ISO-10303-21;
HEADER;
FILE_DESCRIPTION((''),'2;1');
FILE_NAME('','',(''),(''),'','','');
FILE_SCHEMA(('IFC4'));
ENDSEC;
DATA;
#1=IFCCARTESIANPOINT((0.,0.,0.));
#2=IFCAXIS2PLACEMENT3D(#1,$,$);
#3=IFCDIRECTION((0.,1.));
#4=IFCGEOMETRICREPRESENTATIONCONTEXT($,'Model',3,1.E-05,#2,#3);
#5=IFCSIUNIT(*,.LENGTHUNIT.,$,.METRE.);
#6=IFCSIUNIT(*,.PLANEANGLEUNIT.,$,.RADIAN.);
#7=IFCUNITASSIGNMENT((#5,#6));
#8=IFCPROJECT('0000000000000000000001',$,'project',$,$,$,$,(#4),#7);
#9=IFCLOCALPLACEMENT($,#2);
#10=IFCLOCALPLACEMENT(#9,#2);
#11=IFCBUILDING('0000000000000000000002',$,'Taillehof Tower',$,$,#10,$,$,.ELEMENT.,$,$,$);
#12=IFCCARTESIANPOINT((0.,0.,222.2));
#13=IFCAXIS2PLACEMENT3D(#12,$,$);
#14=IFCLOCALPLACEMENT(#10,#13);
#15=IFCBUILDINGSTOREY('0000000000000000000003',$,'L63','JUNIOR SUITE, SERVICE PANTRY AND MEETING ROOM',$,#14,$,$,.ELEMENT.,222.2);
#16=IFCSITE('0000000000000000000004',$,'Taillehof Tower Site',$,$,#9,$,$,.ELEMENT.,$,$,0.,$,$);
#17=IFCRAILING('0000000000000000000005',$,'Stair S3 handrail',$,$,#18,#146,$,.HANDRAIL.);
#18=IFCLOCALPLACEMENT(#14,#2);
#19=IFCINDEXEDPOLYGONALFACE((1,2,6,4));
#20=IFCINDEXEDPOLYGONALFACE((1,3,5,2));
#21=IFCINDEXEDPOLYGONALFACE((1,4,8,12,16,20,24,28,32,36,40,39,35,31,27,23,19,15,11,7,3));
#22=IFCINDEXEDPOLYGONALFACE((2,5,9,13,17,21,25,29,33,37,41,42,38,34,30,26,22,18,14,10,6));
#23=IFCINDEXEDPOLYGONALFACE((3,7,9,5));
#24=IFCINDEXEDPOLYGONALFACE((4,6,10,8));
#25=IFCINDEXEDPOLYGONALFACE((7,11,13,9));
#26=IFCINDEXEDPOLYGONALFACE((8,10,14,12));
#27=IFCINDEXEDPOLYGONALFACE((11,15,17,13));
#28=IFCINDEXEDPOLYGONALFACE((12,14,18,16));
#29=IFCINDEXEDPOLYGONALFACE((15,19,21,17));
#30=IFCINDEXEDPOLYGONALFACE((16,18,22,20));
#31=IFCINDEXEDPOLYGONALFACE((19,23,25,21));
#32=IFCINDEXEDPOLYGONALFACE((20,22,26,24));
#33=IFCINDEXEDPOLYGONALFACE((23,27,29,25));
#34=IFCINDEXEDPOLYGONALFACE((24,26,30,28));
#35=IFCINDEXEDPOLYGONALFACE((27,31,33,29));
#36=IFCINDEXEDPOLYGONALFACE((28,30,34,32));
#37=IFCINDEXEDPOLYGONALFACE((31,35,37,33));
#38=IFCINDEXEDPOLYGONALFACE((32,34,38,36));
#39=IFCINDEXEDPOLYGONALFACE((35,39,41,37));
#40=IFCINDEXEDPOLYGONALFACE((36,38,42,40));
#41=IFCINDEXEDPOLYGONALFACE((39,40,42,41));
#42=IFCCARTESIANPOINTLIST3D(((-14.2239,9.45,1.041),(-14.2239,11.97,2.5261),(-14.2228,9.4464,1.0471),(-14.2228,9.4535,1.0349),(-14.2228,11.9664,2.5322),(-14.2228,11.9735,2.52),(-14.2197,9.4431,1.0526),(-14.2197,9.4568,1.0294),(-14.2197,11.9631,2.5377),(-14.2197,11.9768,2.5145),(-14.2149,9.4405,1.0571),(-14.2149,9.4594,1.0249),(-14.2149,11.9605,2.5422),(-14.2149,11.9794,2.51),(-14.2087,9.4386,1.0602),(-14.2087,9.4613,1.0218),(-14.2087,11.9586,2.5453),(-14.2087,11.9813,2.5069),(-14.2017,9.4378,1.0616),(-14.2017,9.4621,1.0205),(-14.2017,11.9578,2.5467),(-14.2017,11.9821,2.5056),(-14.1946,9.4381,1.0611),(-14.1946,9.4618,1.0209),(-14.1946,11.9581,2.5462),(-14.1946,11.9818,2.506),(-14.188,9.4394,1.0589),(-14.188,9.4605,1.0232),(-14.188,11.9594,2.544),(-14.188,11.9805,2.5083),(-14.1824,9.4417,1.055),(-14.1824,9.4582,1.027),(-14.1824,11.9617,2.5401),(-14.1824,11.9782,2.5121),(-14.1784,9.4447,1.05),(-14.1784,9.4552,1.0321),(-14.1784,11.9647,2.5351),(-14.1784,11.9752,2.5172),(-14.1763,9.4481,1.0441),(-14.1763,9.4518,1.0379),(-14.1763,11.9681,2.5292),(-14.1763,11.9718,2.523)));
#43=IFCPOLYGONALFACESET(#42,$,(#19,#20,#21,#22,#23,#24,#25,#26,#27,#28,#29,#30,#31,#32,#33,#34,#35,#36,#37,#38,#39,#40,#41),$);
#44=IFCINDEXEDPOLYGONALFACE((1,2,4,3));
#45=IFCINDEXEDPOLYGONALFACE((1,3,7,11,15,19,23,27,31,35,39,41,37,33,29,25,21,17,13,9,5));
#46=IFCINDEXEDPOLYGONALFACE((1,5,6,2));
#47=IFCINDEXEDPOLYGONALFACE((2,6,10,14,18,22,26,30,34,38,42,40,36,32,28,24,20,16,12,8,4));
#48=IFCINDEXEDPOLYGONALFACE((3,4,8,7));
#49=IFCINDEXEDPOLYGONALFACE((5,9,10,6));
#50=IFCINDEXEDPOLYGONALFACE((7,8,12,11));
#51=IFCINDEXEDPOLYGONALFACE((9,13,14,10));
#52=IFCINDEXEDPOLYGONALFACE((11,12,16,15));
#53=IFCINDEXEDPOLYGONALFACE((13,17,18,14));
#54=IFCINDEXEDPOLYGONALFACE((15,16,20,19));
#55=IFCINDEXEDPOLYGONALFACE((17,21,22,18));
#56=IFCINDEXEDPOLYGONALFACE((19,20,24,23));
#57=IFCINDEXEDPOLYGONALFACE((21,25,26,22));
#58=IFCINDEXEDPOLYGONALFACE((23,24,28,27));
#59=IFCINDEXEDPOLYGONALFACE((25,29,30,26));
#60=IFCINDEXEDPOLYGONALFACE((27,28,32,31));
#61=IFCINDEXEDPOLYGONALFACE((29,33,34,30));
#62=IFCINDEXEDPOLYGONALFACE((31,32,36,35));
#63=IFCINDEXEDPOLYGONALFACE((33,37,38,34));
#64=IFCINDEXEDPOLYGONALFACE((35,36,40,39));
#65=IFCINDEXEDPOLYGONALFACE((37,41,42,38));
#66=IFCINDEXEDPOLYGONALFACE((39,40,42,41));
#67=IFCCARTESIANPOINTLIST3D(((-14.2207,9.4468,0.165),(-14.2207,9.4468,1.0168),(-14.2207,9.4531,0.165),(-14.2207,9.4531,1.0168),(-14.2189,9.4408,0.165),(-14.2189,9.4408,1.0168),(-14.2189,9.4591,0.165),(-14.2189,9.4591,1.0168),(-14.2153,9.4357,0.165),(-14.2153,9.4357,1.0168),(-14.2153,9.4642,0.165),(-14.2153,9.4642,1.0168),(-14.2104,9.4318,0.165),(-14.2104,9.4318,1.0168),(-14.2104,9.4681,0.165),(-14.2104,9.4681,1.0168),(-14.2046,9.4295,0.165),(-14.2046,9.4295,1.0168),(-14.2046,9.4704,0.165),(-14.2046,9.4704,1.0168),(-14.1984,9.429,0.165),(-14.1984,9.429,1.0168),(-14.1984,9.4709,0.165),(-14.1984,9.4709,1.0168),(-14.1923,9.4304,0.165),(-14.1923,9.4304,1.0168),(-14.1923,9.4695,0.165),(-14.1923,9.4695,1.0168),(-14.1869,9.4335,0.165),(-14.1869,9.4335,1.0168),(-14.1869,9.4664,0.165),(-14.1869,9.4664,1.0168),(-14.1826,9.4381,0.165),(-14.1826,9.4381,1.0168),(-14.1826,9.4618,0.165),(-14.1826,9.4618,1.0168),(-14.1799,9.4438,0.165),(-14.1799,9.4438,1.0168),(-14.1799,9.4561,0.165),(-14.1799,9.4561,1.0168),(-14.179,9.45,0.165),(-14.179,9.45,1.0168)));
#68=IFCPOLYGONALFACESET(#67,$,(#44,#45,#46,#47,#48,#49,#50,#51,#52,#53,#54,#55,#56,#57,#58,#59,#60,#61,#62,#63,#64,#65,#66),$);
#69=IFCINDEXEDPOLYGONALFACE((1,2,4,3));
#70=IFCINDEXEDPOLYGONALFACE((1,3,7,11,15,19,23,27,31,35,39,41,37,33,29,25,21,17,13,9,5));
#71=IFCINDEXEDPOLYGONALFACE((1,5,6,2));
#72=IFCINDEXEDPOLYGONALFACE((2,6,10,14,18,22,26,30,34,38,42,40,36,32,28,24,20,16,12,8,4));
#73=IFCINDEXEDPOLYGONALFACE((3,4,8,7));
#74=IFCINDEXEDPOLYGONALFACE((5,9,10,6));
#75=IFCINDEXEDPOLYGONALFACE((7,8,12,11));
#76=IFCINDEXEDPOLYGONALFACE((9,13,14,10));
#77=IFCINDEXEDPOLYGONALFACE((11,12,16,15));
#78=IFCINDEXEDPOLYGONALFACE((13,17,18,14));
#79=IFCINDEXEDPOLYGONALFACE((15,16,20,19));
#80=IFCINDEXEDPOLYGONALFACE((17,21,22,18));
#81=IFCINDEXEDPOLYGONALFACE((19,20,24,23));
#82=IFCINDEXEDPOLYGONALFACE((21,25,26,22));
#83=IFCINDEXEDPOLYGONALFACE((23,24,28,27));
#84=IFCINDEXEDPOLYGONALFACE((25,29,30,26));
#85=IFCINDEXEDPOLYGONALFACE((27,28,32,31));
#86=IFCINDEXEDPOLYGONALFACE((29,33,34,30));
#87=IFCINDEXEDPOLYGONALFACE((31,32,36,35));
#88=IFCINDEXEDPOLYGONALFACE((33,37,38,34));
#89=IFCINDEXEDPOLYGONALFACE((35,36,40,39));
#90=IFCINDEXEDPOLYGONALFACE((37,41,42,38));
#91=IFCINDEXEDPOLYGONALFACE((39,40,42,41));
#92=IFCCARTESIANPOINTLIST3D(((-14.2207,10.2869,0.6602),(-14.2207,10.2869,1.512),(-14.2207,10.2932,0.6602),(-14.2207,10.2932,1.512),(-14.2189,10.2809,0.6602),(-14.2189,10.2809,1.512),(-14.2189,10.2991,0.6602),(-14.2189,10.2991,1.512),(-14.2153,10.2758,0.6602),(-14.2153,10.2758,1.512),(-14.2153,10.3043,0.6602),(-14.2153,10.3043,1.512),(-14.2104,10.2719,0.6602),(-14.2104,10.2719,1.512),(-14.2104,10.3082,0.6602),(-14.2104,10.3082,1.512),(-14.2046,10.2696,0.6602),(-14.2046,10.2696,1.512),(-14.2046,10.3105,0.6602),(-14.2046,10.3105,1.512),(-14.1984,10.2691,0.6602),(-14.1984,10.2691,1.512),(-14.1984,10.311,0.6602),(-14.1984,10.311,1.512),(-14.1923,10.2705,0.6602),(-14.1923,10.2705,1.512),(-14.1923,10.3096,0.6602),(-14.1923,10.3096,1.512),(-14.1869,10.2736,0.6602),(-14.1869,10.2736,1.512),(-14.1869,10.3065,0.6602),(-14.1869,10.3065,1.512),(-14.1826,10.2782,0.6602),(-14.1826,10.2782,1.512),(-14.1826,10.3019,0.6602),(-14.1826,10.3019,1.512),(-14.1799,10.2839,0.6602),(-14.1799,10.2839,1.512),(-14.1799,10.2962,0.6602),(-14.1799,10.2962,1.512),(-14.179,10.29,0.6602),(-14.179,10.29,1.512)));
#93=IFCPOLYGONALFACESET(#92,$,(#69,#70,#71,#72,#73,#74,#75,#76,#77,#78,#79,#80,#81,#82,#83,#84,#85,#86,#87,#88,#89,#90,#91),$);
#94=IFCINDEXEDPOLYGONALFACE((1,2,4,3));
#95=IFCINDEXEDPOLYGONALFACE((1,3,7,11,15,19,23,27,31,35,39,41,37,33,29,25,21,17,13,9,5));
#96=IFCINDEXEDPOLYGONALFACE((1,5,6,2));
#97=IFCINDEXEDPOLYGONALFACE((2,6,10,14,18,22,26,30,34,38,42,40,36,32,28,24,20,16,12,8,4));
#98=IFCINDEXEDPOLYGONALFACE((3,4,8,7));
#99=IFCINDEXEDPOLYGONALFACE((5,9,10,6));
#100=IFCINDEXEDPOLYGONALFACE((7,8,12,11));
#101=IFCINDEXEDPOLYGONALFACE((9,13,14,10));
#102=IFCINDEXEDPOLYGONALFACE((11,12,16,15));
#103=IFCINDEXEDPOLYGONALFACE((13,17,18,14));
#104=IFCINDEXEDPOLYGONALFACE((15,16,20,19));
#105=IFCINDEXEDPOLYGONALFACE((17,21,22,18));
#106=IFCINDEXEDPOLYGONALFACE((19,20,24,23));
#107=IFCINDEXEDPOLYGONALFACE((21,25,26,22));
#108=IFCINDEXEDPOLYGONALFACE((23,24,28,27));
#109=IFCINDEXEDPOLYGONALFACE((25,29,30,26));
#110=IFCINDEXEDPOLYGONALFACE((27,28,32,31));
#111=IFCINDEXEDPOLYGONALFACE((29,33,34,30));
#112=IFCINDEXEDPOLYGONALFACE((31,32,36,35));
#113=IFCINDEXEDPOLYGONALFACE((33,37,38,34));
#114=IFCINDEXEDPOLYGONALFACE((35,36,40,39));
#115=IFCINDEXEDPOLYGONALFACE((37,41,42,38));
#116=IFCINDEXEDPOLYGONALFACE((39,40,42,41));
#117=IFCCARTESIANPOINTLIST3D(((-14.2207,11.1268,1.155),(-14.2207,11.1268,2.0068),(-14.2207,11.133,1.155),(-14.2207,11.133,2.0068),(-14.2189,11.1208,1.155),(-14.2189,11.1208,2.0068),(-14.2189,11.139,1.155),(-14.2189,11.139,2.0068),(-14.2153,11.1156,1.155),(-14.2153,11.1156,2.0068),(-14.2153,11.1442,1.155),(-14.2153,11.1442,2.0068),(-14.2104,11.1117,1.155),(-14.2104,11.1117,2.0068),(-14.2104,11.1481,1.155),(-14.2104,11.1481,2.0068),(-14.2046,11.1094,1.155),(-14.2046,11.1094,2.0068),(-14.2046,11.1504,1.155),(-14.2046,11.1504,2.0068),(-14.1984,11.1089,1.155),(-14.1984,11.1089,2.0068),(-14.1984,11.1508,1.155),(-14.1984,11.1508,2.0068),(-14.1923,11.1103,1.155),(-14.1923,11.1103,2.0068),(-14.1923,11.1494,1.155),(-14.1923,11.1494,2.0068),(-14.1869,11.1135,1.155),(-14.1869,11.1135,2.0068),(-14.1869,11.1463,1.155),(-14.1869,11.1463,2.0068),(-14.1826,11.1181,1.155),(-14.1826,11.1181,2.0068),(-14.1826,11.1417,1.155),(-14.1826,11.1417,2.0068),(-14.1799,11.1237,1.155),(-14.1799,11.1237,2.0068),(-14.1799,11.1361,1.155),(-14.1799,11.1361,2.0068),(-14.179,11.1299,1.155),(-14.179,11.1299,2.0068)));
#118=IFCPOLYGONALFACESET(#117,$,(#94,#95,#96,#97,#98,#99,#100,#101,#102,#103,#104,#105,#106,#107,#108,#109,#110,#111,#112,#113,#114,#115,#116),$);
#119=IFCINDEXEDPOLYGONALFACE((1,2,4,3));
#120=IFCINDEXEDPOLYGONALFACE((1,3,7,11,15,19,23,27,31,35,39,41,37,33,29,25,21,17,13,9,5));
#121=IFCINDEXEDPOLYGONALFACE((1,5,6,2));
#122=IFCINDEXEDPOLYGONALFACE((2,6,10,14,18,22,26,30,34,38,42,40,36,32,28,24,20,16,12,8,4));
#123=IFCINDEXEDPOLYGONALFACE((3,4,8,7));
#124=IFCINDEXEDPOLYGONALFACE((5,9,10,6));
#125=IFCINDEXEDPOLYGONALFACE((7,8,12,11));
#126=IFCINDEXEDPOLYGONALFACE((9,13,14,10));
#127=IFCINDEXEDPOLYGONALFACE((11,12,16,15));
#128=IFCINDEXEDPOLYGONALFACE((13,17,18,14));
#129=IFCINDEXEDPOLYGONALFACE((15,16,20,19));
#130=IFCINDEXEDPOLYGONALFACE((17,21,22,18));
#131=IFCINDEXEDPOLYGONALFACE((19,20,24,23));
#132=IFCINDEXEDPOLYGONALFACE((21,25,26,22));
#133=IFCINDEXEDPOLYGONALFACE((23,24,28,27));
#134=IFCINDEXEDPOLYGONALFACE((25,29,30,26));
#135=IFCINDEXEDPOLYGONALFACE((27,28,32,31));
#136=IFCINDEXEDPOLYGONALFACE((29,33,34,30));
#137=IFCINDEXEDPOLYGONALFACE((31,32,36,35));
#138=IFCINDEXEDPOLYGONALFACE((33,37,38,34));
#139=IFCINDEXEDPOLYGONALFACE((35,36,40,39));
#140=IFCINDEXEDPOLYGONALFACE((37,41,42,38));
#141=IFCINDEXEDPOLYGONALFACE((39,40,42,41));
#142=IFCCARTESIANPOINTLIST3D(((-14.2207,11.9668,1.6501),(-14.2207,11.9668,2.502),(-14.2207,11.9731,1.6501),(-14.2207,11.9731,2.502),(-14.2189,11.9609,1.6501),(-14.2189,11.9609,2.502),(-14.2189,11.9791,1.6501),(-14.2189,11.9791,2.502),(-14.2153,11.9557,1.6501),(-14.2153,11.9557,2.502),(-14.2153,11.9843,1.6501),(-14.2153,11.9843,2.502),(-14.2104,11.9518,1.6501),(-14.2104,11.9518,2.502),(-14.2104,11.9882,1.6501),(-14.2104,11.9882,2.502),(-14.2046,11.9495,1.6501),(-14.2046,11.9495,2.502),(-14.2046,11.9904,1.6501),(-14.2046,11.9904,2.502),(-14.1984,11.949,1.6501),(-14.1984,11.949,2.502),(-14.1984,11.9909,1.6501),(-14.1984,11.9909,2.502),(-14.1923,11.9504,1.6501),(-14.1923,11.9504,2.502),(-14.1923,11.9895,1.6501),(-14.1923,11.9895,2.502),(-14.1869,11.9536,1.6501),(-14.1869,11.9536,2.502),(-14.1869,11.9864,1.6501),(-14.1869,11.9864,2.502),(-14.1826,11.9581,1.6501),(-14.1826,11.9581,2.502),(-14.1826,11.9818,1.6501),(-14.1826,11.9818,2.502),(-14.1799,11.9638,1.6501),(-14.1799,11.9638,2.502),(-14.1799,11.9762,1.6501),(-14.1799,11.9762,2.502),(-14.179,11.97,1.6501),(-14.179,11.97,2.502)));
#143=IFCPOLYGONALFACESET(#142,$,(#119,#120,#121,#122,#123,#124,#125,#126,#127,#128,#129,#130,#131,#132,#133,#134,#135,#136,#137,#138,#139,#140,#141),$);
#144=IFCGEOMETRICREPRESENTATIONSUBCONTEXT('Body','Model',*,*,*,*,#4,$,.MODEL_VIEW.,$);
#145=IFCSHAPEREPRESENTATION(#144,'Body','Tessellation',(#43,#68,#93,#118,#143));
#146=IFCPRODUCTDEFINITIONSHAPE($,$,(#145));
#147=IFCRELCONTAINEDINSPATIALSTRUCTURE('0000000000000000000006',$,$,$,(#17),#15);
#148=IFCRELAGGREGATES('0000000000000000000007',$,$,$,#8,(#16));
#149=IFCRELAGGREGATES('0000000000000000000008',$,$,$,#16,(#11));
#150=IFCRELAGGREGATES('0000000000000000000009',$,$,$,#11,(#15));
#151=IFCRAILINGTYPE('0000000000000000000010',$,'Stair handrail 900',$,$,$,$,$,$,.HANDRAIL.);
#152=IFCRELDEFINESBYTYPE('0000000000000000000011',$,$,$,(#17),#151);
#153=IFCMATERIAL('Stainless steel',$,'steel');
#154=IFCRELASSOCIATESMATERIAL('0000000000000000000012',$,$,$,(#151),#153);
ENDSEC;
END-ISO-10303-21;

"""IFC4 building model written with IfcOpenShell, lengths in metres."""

from ifc_helpers import new_model, si_unit, direction, frame, origin, origin_2d, place, context, subcontext, project, spatial, circle, extrude, material, type_object, element, save


model = new_model("IFC4")

# Units and contexts
model_context = context("Model", 3, precision=1e-05, world=origin(), true_north=direction((0.0, 1.0)))
body_context = subcontext(model_context, "Body", "Model", "MODEL_VIEW")
ifc_project = project(units=[si_unit("LENGTHUNIT", "METRE"), si_unit("PLANEANGLEUNIT", "RADIAN")], contexts=[model_context])

# Site, building, storey
site_placement = place(None, origin())
site = spatial("IfcSite", under=ifc_project, at=site_placement, Name="Taillehof Tower Site", CompositionType="ELEMENT", RefElevation=0.0)
building_placement = place(site_placement, origin())
building = spatial("IfcBuilding", under=site, at=building_placement, Name="Taillehof Tower", CompositionType="ELEMENT")
storey_placement = place(building_placement, frame((0.0, 0.0, 222.2)))
storey = spatial("IfcBuildingStorey", under=building, at=storey_placement, Name="L63", Description="JUNIOR SUITE, SERVICE PANTRY AND MEETING ROOM", CompositionType="ELEMENT", Elevation=222.2)

# Railing
ifc_material_1 = material(Name="Stainless steel", Category="steel")
railing_type = type_object("IfcRailingType", Name="Stair handrail 900", PredefinedType="HANDRAIL", material=ifc_material_1)
railing_placement = place(storey_placement, frame((-14.2, 9.45, 0.165)))
element("IfcRailing", 1, at=railing_placement, inside=storey, type_object=railing_type, Name="Stair S3 handrail", PredefinedType="HANDRAIL", context=body_context, shape_type="SweptSolid", body=[
    extrude(circle(Radius=0.0239, at=origin_2d()), frame((0.0, 0.0, 0.876), z_axis=(0.0, 0.861524, 0.507717), x_axis=(-1.0, 0.0, 0.0)), (0.0, 0.0, 1.0), 2.925),
    extrude(circle(Radius=0.021, at=origin_2d()), origin(), (0.0, 0.0, 1.0), 0.8518),
    extrude(circle(Radius=0.021, at=origin_2d()), frame((0.0, 0.8401, 0.4951)), (0.0, 0.0, 1.0), 0.8518),
    extrude(circle(Radius=0.021, at=origin_2d()), frame((0.0, 1.6799, 0.99)), (0.0, 0.0, 1.0), 0.8518),
    extrude(circle(Radius=0.021, at=origin_2d()), frame((0.0, 2.52, 1.4851)), (0.0, 0.0, 1.0), 0.8518),
])

save(model, "model.ifc")
